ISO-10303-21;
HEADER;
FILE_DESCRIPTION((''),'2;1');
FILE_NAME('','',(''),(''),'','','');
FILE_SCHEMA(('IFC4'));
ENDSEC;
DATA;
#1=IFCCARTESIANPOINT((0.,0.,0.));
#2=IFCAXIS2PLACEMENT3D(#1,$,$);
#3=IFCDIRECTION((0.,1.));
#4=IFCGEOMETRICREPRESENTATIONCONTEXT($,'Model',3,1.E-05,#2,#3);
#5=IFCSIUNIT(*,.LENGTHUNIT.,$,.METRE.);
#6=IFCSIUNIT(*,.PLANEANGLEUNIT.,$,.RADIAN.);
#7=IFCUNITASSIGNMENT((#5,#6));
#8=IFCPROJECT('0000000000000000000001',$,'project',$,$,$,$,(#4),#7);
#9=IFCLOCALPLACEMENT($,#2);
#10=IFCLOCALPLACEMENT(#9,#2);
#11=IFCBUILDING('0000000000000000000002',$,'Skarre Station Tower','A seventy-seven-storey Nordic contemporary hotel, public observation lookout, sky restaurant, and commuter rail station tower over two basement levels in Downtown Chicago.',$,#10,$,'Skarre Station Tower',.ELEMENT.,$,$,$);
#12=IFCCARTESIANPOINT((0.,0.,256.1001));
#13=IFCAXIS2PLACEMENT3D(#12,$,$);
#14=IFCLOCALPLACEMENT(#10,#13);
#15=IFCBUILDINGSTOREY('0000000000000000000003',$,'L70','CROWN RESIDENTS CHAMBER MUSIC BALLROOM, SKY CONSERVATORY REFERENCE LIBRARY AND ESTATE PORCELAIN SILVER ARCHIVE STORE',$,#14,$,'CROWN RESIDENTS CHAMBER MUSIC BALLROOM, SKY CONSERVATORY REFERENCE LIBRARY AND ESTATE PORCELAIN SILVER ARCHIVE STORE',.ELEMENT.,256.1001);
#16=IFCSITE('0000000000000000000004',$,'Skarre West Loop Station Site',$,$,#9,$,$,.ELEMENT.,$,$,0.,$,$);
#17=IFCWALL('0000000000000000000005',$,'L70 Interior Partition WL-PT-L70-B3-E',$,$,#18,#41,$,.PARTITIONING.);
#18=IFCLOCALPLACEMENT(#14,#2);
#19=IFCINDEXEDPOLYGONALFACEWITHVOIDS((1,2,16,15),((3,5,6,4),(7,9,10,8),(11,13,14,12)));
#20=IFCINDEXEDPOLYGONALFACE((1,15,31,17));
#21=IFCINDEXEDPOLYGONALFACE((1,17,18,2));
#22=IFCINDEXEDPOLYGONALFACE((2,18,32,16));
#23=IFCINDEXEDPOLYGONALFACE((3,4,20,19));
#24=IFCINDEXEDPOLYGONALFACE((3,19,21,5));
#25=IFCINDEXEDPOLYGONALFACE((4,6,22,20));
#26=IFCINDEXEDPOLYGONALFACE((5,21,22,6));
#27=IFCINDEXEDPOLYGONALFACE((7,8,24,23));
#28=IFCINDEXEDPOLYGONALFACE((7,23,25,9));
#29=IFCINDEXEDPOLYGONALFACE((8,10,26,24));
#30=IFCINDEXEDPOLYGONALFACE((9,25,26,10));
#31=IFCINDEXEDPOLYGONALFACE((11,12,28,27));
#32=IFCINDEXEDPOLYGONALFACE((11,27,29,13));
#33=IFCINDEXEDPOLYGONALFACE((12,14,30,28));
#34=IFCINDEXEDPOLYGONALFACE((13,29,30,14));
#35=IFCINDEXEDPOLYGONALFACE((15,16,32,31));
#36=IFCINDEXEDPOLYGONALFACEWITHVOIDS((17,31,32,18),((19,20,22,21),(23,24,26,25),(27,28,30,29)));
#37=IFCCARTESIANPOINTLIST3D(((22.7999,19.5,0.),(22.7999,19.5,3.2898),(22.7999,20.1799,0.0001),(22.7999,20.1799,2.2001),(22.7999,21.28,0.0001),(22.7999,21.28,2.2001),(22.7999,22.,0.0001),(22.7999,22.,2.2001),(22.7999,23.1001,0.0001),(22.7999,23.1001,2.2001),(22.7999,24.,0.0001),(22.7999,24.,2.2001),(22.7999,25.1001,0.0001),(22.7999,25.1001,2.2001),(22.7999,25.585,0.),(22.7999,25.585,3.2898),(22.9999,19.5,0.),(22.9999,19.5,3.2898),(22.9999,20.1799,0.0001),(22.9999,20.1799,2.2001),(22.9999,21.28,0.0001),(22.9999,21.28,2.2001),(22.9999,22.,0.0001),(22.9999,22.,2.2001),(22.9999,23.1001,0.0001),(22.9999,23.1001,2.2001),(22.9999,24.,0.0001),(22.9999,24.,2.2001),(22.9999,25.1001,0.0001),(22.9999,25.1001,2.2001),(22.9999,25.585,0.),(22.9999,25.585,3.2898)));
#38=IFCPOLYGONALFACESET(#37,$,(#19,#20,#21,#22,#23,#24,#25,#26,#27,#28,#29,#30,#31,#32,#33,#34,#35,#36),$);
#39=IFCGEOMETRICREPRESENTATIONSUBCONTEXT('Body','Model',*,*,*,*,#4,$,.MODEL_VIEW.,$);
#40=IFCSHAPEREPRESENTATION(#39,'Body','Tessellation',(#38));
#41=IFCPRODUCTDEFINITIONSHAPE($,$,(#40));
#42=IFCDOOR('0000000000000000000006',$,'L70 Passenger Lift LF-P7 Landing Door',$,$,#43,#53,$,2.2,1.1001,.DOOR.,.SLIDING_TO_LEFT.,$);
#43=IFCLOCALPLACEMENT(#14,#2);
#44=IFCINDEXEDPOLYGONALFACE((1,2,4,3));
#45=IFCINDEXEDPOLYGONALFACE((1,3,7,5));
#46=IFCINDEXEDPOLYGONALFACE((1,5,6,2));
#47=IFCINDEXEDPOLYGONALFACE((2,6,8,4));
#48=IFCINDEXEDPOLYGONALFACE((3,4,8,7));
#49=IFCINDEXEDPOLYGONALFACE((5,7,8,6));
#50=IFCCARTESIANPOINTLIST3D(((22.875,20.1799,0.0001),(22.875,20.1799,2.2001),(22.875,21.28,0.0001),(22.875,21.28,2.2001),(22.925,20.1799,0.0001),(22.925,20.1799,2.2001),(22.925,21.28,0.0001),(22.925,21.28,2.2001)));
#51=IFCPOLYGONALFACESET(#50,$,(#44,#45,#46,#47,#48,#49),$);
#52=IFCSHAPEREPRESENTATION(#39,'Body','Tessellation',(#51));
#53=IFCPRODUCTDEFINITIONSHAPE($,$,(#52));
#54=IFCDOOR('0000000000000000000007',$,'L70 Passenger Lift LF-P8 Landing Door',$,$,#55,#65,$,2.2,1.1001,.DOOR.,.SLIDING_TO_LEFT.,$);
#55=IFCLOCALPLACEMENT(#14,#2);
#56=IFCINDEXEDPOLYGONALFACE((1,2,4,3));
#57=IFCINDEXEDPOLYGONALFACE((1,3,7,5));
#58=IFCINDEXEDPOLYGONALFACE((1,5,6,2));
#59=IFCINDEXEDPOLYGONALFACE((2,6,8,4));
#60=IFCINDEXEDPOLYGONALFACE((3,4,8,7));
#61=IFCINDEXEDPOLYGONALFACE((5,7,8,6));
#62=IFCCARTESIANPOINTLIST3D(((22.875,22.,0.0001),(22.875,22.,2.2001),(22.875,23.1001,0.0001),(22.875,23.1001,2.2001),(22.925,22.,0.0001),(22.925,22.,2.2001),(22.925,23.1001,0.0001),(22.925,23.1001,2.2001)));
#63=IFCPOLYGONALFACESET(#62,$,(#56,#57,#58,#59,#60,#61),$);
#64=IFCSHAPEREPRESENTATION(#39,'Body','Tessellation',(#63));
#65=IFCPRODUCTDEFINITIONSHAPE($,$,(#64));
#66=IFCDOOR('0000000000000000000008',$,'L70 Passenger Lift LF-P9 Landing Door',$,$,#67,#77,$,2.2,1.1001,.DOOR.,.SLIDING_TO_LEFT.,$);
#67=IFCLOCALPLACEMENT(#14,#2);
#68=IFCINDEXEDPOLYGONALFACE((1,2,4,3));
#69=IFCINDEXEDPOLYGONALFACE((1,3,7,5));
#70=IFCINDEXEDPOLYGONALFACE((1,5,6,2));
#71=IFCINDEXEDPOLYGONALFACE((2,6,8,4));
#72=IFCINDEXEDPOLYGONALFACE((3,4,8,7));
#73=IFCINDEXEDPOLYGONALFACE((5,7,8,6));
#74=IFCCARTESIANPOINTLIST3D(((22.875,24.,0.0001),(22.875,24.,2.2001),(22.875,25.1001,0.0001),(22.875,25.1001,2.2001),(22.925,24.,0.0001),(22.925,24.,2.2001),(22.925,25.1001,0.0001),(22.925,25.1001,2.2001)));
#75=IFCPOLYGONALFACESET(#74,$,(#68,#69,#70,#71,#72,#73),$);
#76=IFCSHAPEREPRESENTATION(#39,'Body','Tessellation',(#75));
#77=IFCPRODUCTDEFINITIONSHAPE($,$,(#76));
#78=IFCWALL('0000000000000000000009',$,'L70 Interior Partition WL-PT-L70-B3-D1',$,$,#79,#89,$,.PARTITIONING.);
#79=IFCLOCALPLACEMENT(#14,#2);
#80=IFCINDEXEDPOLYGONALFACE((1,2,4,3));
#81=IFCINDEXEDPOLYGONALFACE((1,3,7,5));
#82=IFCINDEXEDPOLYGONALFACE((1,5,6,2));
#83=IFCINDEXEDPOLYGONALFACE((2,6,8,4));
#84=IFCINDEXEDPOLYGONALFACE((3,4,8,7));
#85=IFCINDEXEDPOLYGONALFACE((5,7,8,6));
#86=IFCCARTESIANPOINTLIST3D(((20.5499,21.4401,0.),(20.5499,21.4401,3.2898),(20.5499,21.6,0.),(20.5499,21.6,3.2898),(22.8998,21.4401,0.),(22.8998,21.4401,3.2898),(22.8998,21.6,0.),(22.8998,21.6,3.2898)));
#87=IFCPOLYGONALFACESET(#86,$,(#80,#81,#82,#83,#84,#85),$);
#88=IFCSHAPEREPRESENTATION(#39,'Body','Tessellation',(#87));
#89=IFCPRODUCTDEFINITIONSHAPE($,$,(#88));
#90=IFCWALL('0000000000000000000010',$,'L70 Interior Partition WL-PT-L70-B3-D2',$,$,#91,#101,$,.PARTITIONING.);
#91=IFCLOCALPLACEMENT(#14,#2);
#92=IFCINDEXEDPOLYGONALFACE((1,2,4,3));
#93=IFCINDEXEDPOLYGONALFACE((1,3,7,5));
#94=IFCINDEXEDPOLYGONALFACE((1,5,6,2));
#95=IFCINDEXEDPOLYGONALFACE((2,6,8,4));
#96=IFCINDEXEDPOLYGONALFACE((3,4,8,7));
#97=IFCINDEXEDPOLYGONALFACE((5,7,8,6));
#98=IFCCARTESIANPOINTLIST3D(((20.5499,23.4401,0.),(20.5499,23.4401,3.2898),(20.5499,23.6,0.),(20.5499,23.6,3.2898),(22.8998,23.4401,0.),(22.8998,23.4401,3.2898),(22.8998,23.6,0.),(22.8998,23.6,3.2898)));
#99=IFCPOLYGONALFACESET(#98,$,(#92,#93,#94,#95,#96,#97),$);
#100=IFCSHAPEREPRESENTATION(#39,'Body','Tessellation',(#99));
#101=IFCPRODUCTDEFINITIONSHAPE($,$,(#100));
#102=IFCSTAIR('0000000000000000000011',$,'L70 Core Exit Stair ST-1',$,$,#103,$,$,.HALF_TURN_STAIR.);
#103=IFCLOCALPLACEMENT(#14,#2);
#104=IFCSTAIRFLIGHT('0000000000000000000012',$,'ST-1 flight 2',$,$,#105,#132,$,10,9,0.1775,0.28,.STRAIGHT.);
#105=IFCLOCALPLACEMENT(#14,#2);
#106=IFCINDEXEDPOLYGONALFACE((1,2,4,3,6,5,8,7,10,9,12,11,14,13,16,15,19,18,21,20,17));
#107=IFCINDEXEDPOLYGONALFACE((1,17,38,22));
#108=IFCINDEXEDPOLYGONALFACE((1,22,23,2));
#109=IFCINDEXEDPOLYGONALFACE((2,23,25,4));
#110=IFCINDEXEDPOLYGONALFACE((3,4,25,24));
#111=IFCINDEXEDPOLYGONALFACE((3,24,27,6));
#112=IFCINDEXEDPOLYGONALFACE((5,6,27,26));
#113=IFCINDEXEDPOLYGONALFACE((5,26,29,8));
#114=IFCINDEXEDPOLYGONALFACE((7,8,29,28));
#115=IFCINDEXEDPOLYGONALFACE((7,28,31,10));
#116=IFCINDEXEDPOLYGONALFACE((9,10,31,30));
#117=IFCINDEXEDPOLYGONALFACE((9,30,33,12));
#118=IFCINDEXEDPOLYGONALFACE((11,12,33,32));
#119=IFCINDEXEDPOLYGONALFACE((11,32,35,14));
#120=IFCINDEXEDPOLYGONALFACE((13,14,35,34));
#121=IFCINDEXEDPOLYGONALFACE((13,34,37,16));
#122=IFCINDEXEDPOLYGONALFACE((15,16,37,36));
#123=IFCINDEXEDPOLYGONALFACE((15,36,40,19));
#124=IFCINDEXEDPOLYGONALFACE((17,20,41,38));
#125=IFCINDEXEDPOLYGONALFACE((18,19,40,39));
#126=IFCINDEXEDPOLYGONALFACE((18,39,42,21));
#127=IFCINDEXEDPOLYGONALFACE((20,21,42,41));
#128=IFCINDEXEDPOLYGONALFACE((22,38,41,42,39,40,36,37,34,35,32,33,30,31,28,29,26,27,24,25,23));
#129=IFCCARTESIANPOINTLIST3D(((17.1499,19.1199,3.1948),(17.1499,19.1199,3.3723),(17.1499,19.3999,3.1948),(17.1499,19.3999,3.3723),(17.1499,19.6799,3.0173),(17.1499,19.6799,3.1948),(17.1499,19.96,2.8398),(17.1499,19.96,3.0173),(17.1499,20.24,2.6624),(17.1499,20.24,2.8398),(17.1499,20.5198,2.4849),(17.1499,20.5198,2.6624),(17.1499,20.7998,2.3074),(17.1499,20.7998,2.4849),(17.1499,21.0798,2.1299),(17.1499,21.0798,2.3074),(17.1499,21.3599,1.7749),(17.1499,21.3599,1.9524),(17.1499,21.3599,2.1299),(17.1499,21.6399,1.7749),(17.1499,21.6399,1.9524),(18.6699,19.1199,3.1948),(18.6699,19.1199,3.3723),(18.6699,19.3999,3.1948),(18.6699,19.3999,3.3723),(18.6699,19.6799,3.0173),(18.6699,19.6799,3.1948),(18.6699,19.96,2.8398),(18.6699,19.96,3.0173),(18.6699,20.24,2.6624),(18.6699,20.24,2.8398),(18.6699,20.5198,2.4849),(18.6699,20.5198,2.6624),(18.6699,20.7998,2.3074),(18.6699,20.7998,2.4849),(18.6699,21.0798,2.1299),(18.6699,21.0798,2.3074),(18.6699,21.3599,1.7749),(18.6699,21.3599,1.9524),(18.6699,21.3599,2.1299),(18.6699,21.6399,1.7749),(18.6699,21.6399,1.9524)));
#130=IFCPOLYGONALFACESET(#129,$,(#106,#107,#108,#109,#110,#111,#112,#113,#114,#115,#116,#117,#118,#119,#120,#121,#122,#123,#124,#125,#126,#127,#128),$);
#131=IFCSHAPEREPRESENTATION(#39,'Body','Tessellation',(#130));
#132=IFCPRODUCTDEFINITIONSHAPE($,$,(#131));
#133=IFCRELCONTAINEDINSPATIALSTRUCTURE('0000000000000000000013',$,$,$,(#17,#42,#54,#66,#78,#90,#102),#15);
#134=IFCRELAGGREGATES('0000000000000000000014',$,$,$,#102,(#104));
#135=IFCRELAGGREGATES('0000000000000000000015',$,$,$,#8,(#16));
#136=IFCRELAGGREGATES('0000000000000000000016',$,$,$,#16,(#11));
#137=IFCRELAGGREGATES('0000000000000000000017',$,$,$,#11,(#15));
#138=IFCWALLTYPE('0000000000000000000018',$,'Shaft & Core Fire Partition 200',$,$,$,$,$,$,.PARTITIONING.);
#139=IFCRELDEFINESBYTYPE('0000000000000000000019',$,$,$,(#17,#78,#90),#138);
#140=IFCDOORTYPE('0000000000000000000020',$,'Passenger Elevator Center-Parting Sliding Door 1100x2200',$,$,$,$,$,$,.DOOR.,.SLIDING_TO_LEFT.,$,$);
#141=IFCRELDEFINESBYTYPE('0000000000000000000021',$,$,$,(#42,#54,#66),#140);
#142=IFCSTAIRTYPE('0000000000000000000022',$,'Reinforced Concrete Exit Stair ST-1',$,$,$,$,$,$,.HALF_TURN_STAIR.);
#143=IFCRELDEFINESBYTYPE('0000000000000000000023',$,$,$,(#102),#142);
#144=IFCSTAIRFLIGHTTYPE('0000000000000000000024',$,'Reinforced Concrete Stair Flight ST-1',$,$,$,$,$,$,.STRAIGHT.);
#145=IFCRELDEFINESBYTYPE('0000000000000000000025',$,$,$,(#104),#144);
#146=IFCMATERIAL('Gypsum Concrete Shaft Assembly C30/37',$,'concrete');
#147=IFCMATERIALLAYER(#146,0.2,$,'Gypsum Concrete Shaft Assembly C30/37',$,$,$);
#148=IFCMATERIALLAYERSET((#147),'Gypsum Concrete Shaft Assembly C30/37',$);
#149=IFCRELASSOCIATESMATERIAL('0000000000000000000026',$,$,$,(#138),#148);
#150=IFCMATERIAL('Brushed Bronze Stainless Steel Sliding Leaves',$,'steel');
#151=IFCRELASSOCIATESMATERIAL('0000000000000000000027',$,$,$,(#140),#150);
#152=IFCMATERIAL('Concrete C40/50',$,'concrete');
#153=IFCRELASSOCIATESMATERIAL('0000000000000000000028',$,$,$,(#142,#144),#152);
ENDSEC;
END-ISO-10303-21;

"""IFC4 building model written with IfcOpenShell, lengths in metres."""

from ifc_helpers import new_model, si_unit, direction, frame, frame_2d, origin, place, context, subcontext, project, spatial, polyline, rectangle, outline, extrude, material, layer, layer_set, type_object, element, fill, aggregate, save


model = new_model("IFC4")

# Units and contexts
model_context = context("Model", 3, precision=1e-05, world=origin(), true_north=direction((0.0, 1.0)))
body_context = subcontext(model_context, "Body", "Model", "MODEL_VIEW")
ifc_project = project(units=[si_unit("LENGTHUNIT", "METRE"), si_unit("PLANEANGLEUNIT", "RADIAN")], contexts=[model_context])

# Site, building, storey
site_placement = place(None, origin())
site = spatial("IfcSite", under=ifc_project, at=site_placement, Name="Skarre West Loop Station Site", CompositionType="ELEMENT", RefElevation=0.0)
building_placement = place(site_placement, origin())
building = spatial("IfcBuilding", under=site, at=building_placement, Name="Skarre Station Tower", Description="A seventy-seven-storey Nordic contemporary hotel, public observation lookout, sky restaurant, and commuter rail station tower over two basement levels in Downtown Chicago.", LongName="Skarre Station Tower", CompositionType="ELEMENT")
storey_placement = place(building_placement, frame((0.0, 0.0, 256.1001)))
storey = spatial("IfcBuildingStorey", under=building, at=storey_placement, Name="L70", Description="CROWN RESIDENTS CHAMBER MUSIC BALLROOM, SKY CONSERVATORY REFERENCE LIBRARY AND ESTATE PORCELAIN SILVER ARCHIVE STORE", LongName="CROWN RESIDENTS CHAMBER MUSIC BALLROOM, SKY CONSERVATORY REFERENCE LIBRARY AND ESTATE PORCELAIN SILVER ARCHIVE STORE", CompositionType="ELEMENT", Elevation=256.1001)

# Shared definitions
ifc_material_1 = material(Name="Gypsum Concrete Shaft Assembly C30/37", Category="concrete")
ifc_layer_1 = layer(ifc_material_1, 0.2, Name="Gypsum Concrete Shaft Assembly C30/37")
ifc_layer_set_1 = layer_set([ifc_layer_1], Name="Gypsum Concrete Shaft Assembly C30/37")
wall_type_1 = type_object("IfcWallType", Name="Shaft & Core Fire Partition 200", PredefinedType="PARTITIONING", material=ifc_layer_set_1)

# Wall, openings, doors
wall_1_placement = place(storey_placement, frame((22.8999, 19.5, 0.0), z_axis=(0.0, 0.0, 1.0), x_axis=(0.0, 1.0, 0.0)))
wall_1 = element("IfcWall", 1, at=wall_1_placement, inside=storey, type_object=wall_type_1, Name="L70 Interior Partition WL-PT-L70-B3-E", PredefinedType="PARTITIONING", context=body_context, shape_type="SweptSolid", body=[
    extrude(rectangle(XDim=6.085, YDim=0.2, at=frame_2d((3.0425, 0.0))), origin(), (0.0, 0.0, 1.0), 3.2898),
])
opening_1_placement = place(wall_1_placement, frame((0.6799, 0.0, 0.0)))
opening_1 = element("IfcOpeningElement", 2, at=opening_1_placement, cuts=wall_1, PredefinedType="OPENING", context=body_context, shape_type="SweptSolid", body=[
    extrude(rectangle(XDim=1.1001, YDim=2.2, at=frame_2d((0.55, 1.1001))), frame((0.0, 0.1099, 0.0), z_axis=(0.0, -1.0, 0.0), x_axis=(1.0, 0.0, 0.0)), (0.0, 0.0, 1.0), 0.22),
])
opening_2_placement = place(wall_1_placement, frame((2.5, 0.0, 0.0)))
opening_2 = element("IfcOpeningElement", 3, at=opening_2_placement, cuts=wall_1, PredefinedType="OPENING", context=body_context, shape_type="SweptSolid", body=[
    extrude(rectangle(XDim=1.1001, YDim=2.2, at=frame_2d((0.55, 1.1001))), frame((0.0, 0.1099, 0.0), z_axis=(0.0, -1.0, 0.0), x_axis=(1.0, 0.0, 0.0)), (0.0, 0.0, 1.0), 0.22),
])
opening_3_placement = place(wall_1_placement, frame((4.5, 0.0, 0.0)))
opening_3 = element("IfcOpeningElement", 4, at=opening_3_placement, cuts=wall_1, PredefinedType="OPENING", context=body_context, shape_type="SweptSolid", body=[
    extrude(rectangle(XDim=1.1001, YDim=2.2, at=frame_2d((0.55, 1.1001))), frame((0.0, 0.1099, 0.0), z_axis=(0.0, -1.0, 0.0), x_axis=(1.0, 0.0, 0.0)), (0.0, 0.0, 1.0), 0.22),
])
ifc_material_2 = material(Name="Brushed Bronze Stainless Steel Sliding Leaves", Category="steel")
door_type_1 = type_object("IfcDoorType", Name="Passenger Elevator Center-Parting Sliding Door 1100x2200", OperationType="SLIDING_TO_LEFT", PredefinedType="DOOR", material=ifc_material_2)
door_1_placement = place(opening_1_placement, origin())
door_1 = element("IfcDoor", 5, at=door_1_placement, inside=storey, type_object=door_type_1, Name="L70 Passenger Lift LF-P7 Landing Door", OperationType="SLIDING_TO_LEFT", OverallHeight=2.2, OverallWidth=1.1001, PredefinedType="DOOR", context=body_context, shape_type="SweptSolid", body=[
    extrude(rectangle(XDim=1.1001, YDim=2.2, at=frame_2d((0.55, 1.1001))), frame((0.0, 0.0249, 0.0), z_axis=(0.0, -1.0, 0.0), x_axis=(1.0, 0.0, 0.0)), (0.0, 0.0, 1.0), 0.05),
])
fill(opening_1, door_1)
door_2_placement = place(opening_2_placement, origin())
door_2 = element("IfcDoor", 6, at=door_2_placement, inside=storey, type_object=door_type_1, Name="L70 Passenger Lift LF-P8 Landing Door", OperationType="SLIDING_TO_LEFT", OverallHeight=2.2, OverallWidth=1.1001, PredefinedType="DOOR", context=body_context, shape_type="SweptSolid", body=[
    extrude(rectangle(XDim=1.1001, YDim=2.2, at=frame_2d((0.55, 1.1001))), frame((0.0, 0.0249, 0.0), z_axis=(0.0, -1.0, 0.0), x_axis=(1.0, 0.0, 0.0)), (0.0, 0.0, 1.0), 0.05),
])
fill(opening_2, door_2)
door_3_placement = place(opening_3_placement, origin())
door_3 = element("IfcDoor", 7, at=door_3_placement, inside=storey, type_object=door_type_1, Name="L70 Passenger Lift LF-P9 Landing Door", OperationType="SLIDING_TO_LEFT", OverallHeight=2.2, OverallWidth=1.1001, PredefinedType="DOOR", context=body_context, shape_type="SweptSolid", body=[
    extrude(rectangle(XDim=1.1001, YDim=2.2, at=frame_2d((0.55, 1.1001))), frame((0.0, 0.0249, 0.0), z_axis=(0.0, -1.0, 0.0), x_axis=(1.0, 0.0, 0.0)), (0.0, 0.0, 1.0), 0.05),
])
fill(opening_3, door_3)

# Walls
for number, where, z_axis, x_axis, name in (
    (8, (20.55, 21.52, 0.0), (0.0, 0.0, 1.0), (1.0, 0.0, 0.0), "L70 Interior Partition WL-PT-L70-B3-D1"),
    (9, (20.55, 23.52, 0.0), (0.0, 0.0, 1.0), (1.0, 0.0, 0.0), "L70 Interior Partition WL-PT-L70-B3-D2"),
):
    element("IfcWall", number, at=place(storey_placement, frame(where, z_axis=z_axis, x_axis=x_axis)), inside=storey, type_object=wall_type_1, Name=name, PredefinedType="PARTITIONING", context=body_context, shape_type="SweptSolid", body=[
        extrude(rectangle(XDim=2.3499, YDim=0.1599, at=frame_2d((1.1748, 0.0))), origin(), (0.0, 0.0, 1.0), 3.2898),
    ])

# Stair, stair flight
ifc_material_3 = material(Name="Concrete C40/50", Category="concrete")
stair_type = type_object("IfcStairType", Name="Reinforced Concrete Exit Stair ST-1", PredefinedType="HALF_TURN_STAIR", material=ifc_material_3)
stair_placement = place(storey_placement, origin())
stair = element("IfcStair", 10, at=stair_placement, inside=storey, type_object=stair_type, Name="L70 Core Exit Stair ST-1", PredefinedType="HALF_TURN_STAIR")
stair_flight_type = type_object("IfcStairFlightType", Name="Reinforced Concrete Stair Flight ST-1", PredefinedType="STRAIGHT", material=ifc_material_3)
stair_flight_placement = place(storey_placement, frame((17.9099, 21.6399, 1.7749), z_axis=(0.0, 0.0, 1.0), x_axis=(0.0, -1.0, 0.0)))
stair_flight = element("IfcStairFlight", 11, at=stair_flight_placement, type_object=stair_flight_type, Name="ST-1 flight 2", NumberOfRisers=10, NumberOfTreads=9, PredefinedType="STRAIGHT", RiserHeight=0.1775, TreadLength=0.28, context=body_context, shape_type="SweptSolid", body=[
    extrude(outline(polyline([(0.0, 0.0), (0.0, 0.1775), (0.28, 0.1775), (0.28, 0.355), (0.5601, 0.355), (0.5601, 0.5325), (0.8401, 0.5325), (0.8401, 0.71), (1.1201, 0.71), (1.1201, 0.8875), (1.3999, 0.8875), (1.3999, 1.0649), (1.6799, 1.0649), (1.6799, 1.2424), (1.96, 1.2424), (1.96, 1.4199), (2.24, 1.4199), (2.24, 1.5974), (2.52, 1.5974), (2.52, 1.7749), (2.52, 1.4199), (0.28, 0.0), (0.0, 0.0)])), frame((0.0, 0.76, 0.0), z_axis=(0.0, -1.0, 0.0), x_axis=(1.0, 0.0, 0.0)), (0.0, 0.0, 1.0), 1.52),
])
aggregate(stair, [stair_flight])

save(model, "model.ifc")
